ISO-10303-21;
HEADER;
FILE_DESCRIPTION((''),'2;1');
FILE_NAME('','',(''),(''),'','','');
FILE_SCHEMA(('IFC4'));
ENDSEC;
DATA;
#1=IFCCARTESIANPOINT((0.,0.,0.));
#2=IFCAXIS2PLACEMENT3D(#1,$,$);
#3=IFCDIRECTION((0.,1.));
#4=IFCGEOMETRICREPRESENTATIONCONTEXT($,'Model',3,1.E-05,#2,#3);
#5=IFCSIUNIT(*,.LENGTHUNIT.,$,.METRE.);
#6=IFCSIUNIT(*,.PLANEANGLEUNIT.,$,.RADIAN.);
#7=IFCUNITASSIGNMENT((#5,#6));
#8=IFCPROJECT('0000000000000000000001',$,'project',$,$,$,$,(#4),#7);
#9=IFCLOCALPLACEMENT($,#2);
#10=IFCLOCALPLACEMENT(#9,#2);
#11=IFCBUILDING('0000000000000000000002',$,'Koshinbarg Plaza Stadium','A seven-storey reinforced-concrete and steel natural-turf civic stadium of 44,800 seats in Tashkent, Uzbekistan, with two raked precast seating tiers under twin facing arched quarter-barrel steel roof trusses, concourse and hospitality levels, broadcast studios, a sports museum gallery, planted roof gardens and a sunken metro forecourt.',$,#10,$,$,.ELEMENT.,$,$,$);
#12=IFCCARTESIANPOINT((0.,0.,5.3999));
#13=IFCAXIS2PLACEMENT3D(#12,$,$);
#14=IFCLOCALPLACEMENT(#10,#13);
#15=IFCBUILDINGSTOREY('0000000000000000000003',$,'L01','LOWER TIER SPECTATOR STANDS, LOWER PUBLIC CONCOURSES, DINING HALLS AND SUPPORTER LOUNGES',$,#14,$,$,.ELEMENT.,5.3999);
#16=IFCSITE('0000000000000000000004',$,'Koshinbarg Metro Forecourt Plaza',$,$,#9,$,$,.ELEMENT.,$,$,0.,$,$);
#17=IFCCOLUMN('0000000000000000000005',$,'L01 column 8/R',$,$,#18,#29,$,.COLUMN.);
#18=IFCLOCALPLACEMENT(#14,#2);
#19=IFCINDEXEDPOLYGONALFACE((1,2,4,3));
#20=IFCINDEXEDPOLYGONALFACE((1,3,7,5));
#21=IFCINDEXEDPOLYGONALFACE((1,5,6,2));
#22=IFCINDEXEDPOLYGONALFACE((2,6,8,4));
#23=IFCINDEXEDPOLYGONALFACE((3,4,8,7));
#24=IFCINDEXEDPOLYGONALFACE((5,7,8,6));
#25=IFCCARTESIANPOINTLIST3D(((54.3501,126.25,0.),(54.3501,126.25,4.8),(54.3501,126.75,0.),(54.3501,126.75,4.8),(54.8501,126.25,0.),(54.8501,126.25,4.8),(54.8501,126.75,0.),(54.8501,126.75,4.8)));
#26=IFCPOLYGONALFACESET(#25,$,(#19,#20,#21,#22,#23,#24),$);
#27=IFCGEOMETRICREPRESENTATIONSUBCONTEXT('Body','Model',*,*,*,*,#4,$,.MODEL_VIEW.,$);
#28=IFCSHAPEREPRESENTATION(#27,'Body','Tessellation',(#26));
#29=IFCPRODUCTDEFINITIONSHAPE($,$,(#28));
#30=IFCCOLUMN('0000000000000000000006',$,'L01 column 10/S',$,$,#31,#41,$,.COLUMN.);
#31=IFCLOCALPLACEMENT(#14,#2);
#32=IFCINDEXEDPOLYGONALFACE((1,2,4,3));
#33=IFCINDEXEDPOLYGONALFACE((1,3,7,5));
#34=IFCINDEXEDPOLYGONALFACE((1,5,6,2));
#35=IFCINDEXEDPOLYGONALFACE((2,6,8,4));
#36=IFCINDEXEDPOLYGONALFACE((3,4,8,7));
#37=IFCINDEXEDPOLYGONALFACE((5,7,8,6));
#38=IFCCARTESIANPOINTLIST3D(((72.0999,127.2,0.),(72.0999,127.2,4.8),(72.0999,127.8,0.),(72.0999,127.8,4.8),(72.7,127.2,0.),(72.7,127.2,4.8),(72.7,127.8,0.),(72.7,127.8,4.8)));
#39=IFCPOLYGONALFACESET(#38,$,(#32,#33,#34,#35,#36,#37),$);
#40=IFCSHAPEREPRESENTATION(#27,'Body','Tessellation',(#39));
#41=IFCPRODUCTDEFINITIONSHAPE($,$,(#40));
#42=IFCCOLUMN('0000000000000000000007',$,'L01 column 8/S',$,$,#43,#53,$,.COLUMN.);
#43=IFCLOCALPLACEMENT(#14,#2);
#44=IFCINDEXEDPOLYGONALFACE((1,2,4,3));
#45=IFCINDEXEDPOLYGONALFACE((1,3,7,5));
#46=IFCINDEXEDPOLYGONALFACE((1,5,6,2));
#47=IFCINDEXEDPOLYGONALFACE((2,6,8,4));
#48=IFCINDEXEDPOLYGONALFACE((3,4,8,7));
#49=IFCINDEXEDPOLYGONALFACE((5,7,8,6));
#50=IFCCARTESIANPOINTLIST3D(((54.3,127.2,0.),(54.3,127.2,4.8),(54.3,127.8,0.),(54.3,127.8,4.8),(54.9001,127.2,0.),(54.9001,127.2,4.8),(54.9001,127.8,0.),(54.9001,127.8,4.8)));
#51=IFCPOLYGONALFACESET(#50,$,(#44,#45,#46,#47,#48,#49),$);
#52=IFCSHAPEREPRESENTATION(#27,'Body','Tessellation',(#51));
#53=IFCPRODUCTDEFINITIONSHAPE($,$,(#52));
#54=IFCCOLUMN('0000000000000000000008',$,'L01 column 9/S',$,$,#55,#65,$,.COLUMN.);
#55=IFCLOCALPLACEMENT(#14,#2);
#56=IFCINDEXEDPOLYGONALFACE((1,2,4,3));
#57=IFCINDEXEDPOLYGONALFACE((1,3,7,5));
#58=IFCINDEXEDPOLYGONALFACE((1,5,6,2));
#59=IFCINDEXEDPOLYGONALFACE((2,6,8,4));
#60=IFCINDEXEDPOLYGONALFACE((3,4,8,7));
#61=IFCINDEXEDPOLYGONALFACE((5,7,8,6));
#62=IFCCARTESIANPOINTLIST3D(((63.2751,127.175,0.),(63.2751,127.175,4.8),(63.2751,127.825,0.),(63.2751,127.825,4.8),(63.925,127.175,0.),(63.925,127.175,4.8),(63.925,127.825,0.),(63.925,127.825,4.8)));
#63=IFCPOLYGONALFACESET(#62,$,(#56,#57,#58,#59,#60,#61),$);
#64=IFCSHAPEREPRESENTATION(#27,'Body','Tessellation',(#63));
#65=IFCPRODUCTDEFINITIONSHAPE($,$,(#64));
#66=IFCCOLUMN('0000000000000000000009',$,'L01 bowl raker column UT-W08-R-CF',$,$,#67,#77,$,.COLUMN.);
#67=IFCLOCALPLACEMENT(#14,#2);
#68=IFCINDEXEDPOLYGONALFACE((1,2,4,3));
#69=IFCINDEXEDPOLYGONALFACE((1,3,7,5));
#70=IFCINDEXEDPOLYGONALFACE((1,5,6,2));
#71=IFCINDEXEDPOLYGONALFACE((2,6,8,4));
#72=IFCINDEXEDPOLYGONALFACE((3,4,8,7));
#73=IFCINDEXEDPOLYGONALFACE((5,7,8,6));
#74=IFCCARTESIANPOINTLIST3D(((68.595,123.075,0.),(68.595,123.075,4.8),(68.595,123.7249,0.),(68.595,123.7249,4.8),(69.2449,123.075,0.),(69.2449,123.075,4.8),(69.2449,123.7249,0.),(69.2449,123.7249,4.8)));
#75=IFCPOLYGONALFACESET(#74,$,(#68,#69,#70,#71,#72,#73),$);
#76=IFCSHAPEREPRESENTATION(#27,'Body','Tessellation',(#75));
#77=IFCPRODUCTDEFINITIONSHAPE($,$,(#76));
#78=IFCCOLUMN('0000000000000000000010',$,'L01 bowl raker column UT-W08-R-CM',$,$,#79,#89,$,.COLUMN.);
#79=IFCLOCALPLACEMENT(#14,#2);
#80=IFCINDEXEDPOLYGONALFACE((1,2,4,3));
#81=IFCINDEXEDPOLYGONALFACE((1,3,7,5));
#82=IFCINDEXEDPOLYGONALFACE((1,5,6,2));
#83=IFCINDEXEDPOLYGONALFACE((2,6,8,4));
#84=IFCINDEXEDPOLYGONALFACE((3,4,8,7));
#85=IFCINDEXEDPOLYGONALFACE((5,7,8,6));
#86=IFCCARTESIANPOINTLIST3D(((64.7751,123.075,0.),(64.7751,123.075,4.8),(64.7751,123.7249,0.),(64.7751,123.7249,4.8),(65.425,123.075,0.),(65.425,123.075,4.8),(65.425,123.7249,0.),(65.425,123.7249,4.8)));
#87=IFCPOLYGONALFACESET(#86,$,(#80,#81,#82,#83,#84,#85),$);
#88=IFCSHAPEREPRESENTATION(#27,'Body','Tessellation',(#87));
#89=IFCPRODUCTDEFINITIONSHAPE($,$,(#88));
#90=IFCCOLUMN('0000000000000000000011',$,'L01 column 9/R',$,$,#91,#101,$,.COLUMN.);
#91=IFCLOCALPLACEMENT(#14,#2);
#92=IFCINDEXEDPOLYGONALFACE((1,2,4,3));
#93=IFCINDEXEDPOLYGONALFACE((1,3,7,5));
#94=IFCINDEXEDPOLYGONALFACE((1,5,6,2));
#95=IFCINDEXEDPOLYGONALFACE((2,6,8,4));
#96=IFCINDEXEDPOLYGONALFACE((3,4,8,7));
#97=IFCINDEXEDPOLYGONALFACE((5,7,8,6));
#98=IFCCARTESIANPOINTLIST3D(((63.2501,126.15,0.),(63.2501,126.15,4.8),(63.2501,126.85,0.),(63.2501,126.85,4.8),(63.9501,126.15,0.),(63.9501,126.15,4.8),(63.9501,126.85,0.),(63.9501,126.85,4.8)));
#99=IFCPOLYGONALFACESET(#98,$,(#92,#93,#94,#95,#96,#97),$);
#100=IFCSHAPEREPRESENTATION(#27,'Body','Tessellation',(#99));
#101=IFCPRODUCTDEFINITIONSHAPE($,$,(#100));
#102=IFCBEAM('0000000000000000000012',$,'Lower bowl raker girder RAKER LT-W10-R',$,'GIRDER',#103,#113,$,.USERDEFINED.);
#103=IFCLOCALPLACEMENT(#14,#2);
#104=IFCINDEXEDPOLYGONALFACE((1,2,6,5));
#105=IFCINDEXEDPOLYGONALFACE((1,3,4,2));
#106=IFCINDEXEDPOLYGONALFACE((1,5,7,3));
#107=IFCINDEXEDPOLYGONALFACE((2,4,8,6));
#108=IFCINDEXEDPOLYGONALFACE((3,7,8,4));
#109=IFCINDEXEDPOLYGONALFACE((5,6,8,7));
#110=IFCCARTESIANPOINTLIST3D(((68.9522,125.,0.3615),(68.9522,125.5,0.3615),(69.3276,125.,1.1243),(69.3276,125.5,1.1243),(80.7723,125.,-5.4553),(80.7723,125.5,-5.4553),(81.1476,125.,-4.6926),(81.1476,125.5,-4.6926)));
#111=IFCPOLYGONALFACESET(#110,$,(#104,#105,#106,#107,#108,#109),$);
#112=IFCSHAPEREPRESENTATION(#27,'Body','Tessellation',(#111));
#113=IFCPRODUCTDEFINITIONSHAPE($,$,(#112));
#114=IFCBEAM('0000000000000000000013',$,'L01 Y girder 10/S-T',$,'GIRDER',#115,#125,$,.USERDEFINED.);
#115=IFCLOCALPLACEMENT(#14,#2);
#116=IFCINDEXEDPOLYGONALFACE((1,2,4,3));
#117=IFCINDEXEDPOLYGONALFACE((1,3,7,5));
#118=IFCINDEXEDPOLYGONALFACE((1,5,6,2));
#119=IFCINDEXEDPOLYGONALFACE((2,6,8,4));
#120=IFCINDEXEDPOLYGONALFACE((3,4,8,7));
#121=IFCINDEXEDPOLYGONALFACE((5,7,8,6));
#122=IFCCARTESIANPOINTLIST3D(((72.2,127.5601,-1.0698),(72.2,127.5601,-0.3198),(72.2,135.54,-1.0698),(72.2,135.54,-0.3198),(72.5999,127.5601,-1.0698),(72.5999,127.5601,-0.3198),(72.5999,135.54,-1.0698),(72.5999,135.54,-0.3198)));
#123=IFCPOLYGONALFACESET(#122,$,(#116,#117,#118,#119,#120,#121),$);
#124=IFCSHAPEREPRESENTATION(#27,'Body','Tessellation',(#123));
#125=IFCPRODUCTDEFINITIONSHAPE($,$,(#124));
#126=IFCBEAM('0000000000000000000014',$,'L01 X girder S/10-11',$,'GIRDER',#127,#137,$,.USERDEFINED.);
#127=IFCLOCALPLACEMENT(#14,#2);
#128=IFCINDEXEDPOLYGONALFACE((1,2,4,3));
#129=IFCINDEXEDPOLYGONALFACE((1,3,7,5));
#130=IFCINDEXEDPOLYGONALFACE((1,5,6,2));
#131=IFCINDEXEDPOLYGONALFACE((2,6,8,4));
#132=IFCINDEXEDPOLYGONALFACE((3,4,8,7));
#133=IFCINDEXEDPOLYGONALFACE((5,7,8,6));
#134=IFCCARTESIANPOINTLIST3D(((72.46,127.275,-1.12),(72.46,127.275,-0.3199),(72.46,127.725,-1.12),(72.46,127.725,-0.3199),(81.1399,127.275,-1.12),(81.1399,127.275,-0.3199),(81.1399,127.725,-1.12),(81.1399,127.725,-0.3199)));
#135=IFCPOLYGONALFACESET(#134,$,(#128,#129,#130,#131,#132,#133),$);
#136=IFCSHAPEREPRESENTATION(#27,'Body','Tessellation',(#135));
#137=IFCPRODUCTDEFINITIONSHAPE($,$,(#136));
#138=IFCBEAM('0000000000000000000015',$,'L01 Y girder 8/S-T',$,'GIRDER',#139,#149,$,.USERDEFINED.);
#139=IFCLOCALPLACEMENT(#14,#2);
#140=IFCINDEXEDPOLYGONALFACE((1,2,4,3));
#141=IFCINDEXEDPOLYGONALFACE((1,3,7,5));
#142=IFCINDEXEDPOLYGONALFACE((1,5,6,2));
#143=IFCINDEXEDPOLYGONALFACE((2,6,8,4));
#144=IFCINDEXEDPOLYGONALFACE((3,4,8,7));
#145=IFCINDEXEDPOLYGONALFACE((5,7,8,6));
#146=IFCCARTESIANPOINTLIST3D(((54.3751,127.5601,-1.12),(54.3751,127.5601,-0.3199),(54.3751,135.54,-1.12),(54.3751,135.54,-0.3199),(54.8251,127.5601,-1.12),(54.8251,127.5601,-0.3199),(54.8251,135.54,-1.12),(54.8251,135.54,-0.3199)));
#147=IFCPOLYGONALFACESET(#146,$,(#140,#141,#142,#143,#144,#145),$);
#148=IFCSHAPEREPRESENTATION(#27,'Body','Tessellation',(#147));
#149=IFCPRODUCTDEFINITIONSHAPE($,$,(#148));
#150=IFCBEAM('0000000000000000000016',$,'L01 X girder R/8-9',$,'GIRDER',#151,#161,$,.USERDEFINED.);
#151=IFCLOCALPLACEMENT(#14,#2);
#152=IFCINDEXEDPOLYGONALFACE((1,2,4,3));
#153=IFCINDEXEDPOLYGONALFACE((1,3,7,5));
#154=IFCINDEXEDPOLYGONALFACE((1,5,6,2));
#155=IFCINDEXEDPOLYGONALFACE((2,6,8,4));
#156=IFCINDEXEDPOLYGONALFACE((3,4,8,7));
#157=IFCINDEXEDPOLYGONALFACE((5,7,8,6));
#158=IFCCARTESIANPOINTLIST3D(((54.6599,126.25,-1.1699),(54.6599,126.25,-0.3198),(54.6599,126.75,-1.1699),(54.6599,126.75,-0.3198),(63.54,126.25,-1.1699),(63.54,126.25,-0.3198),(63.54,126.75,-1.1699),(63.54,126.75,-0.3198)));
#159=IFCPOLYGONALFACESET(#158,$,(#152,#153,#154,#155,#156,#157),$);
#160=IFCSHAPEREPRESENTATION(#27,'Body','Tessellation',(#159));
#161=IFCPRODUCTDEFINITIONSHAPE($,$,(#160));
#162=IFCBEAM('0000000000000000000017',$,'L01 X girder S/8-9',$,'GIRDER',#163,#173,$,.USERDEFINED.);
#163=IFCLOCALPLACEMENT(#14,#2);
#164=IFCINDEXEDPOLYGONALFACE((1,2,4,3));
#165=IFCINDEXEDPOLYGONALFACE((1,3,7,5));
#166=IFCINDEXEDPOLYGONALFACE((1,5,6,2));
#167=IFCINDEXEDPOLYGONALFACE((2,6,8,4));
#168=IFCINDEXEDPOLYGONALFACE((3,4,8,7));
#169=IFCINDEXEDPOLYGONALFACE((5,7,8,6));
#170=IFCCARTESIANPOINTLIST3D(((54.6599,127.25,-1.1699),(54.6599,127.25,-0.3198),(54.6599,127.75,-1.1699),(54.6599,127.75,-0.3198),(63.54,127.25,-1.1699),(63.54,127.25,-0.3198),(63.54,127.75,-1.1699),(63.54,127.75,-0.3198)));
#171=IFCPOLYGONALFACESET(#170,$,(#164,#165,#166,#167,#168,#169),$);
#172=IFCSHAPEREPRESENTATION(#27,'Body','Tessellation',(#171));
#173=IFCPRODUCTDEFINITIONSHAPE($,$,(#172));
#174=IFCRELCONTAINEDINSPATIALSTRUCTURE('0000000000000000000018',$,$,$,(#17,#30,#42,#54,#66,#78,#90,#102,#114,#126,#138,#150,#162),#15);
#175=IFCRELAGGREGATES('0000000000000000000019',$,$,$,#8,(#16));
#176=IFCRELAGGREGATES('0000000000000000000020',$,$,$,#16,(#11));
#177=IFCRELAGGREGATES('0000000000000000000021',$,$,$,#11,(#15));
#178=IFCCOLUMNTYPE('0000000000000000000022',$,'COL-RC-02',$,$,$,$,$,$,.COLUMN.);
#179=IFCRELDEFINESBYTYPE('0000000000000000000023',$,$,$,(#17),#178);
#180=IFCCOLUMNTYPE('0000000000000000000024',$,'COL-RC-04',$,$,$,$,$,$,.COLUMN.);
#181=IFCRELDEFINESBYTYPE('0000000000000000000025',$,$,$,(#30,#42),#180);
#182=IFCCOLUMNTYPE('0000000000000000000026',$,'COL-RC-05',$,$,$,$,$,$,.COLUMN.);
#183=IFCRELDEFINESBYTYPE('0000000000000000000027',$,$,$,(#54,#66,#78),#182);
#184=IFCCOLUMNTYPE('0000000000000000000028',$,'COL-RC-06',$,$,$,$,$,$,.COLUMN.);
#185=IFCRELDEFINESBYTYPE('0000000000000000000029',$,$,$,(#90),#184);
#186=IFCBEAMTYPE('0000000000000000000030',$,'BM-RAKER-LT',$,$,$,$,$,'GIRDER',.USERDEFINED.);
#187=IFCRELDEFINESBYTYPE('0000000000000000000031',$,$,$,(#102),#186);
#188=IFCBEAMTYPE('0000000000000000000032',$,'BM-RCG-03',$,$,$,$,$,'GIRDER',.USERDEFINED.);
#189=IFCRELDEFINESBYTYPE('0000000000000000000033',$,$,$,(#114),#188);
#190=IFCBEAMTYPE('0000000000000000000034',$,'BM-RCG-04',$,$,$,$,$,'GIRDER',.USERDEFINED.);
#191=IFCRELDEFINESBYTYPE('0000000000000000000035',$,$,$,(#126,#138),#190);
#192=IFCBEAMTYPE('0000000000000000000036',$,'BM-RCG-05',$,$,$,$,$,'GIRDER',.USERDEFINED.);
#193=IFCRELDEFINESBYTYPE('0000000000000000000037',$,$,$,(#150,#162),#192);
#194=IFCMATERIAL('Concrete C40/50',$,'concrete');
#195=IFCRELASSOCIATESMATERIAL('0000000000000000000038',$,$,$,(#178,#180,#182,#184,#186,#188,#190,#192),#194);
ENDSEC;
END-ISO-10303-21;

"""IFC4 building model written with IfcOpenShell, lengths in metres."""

from ifc_helpers import new_model, si_unit, direction, frame, origin, origin_2d, place, context, subcontext, project, spatial, rectangle, extrude, material, material_profile, profile_set, type_object, element, save


model = new_model("IFC4")

# Units and contexts
model_context = context("Model", 3, precision=1e-05, world=origin(), true_north=direction((0.0, 1.0)))
body_context = subcontext(model_context, "Body", "Model", "MODEL_VIEW")
ifc_project = project(units=[si_unit("LENGTHUNIT", "METRE"), si_unit("PLANEANGLEUNIT", "RADIAN")], contexts=[model_context])

# Site, building, storey
site_placement = place(None, origin())
site = spatial("IfcSite", under=ifc_project, at=site_placement, Name="Koshinbarg Metro Forecourt Plaza", CompositionType="ELEMENT", RefElevation=0.0)
building_placement = place(site_placement, origin())
building = spatial("IfcBuilding", under=site, at=building_placement, Name="Koshinbarg Plaza Stadium", Description="A seven-storey reinforced-concrete and steel natural-turf civic stadium of 44,800 seats in Tashkent, Uzbekistan, with two raked precast seating tiers under twin facing arched quarter-barrel steel roof trusses, concourse and hospitality levels, broadcast studios, a sports museum gallery, planted roof gardens and a sunken metro forecourt.", CompositionType="ELEMENT")
storey_placement = place(building_placement, frame((0.0, 0.0, 5.3999)))
storey = spatial("IfcBuildingStorey", under=building, at=storey_placement, Name="L01", Description="LOWER TIER SPECTATOR STANDS, LOWER PUBLIC CONCOURSES, DINING HALLS AND SUPPORTER LOUNGES", CompositionType="ELEMENT", Elevation=5.3999)

# Columns
ifc_material_1 = material(Name="Concrete C40/50", Category="concrete")
ifc_material_profile_1 = material_profile(ifc_material_1, rectangle(XDim=0.5, YDim=0.5, at=origin_2d()), Name="RC 500x500")
ifc_profile_set_1 = profile_set([ifc_material_profile_1], Name="Concrete C40/50")
column_type_1 = type_object("IfcColumnType", Name="COL-RC-02", PredefinedType="COLUMN", material=ifc_profile_set_1)
column_1_placement = place(storey_placement, frame((54.6001, 126.5, 0.0), z_axis=(0.0, 0.0, 1.0), x_axis=(1.0, 0.0, 0.0)))
element("IfcColumn", 1, at=column_1_placement, inside=storey, type_object=column_type_1, Name="L01 column 8/R", PredefinedType="COLUMN", context=body_context, shape_type="SweptSolid", body=[
    extrude(rectangle(XDim=0.5, YDim=0.5, at=origin_2d()), origin(), (0.0, 0.0, 1.0), 4.8),
])
ifc_material_profile_2 = material_profile(ifc_material_1, rectangle(XDim=0.6001, YDim=0.6001, at=origin_2d()), Name="RC 600x600")
ifc_profile_set_2 = profile_set([ifc_material_profile_2], Name="Concrete C40/50")
column_type_2 = type_object("IfcColumnType", Name="COL-RC-04", PredefinedType="COLUMN", material=ifc_profile_set_2)
for number, where, z_axis, x_axis, name in (
    (2, (72.3999, 127.5, 0.0), (0.0, 0.0, 1.0), (1.0, 0.0, 0.0), "L01 column 10/S"),
    (3, (54.6001, 127.5, 0.0), (0.0, 0.0, 1.0), (1.0, 0.0, 0.0), "L01 column 8/S"),
):
    element("IfcColumn", number, at=place(storey_placement, frame(where, z_axis=z_axis, x_axis=x_axis)), inside=storey, type_object=column_type_2, Name=name, PredefinedType="COLUMN", context=body_context, shape_type="SweptSolid", body=[
        extrude(rectangle(XDim=0.6001, YDim=0.6001, at=origin_2d()), origin(), (0.0, 0.0, 1.0), 4.8),
    ])
ifc_material_profile_3 = material_profile(ifc_material_1, rectangle(XDim=0.6499, YDim=0.6499, at=origin_2d()), Name="RC 650x650")
ifc_profile_set_3 = profile_set([ifc_material_profile_3], Name="Concrete C40/50")
column_type_3 = type_object("IfcColumnType", Name="COL-RC-05", PredefinedType="COLUMN", material=ifc_profile_set_3)
for number, where, z_axis, x_axis, name in (
    (4, (63.6001, 127.5, 0.0), (0.0, 0.0, 1.0), (1.0, 0.0, 0.0), "L01 column 9/S"),
    (5, (68.9199, 123.3999, 0.0), (0.0, 0.0, 1.0), (1.0, 0.0, 0.0), "L01 bowl raker column UT-W08-R-CF"),
    (6, (65.1001, 123.3999, 0.0), (0.0, 0.0, 1.0), (1.0, 0.0, 0.0), "L01 bowl raker column UT-W08-R-CM"),
):
    element("IfcColumn", number, at=place(storey_placement, frame(where, z_axis=z_axis, x_axis=x_axis)), inside=storey, type_object=column_type_3, Name=name, PredefinedType="COLUMN", context=body_context, shape_type="SweptSolid", body=[
        extrude(rectangle(XDim=0.6499, YDim=0.6499, at=origin_2d()), origin(), (0.0, 0.0, 1.0), 4.8),
    ])
ifc_material_profile_4 = material_profile(ifc_material_1, rectangle(XDim=0.7, YDim=0.7, at=origin_2d()), Name="RC 700x700")
ifc_profile_set_4 = profile_set([ifc_material_profile_4], Name="Concrete C40/50")
column_type_4 = type_object("IfcColumnType", Name="COL-RC-06", PredefinedType="COLUMN", material=ifc_profile_set_4)
column_2_placement = place(storey_placement, frame((63.6001, 126.5, 0.0), z_axis=(0.0, 0.0, 1.0), x_axis=(1.0, 0.0, 0.0)))
element("IfcColumn", 7, at=column_2_placement, inside=storey, type_object=column_type_4, Name="L01 column 9/R", PredefinedType="COLUMN", context=body_context, shape_type="SweptSolid", body=[
    extrude(rectangle(XDim=0.7, YDim=0.7, at=origin_2d()), origin(), (0.0, 0.0, 1.0), 4.8),
])

# Beams
ifc_material_profile_5 = material_profile(ifc_material_1, rectangle(XDim=0.5, YDim=0.8501, at=origin_2d()), Name="RC 500x850")
ifc_profile_set_5 = profile_set([ifc_material_profile_5], Name="Concrete C40/50")
beam_type_1 = type_object("IfcBeamType", Name="BM-RAKER-LT", ElementType="GIRDER", PredefinedType="USERDEFINED", material=ifc_profile_set_5)
beam_1_placement = place(storey_placement, frame((80.96, 125.25, -5.074), z_axis=(-0.897237, 0.0, 0.441549), x_axis=(0.0, -1.0, 0.0)))
element("IfcBeam", 8, at=beam_1_placement, inside=storey, type_object=beam_type_1, Name="Lower bowl raker girder RAKER LT-W10-R", ObjectType="GIRDER", PredefinedType="USERDEFINED", context=body_context, shape_type="SweptSolid", body=[
    extrude(rectangle(XDim=0.5, YDim=0.8501, at=origin_2d()), origin(), (0.0, 0.0, 1.0), 13.1738),
])
ifc_material_profile_6 = material_profile(ifc_material_1, rectangle(XDim=0.3999, YDim=0.75, at=origin_2d()), Name="RC 400x750")
ifc_profile_set_6 = profile_set([ifc_material_profile_6], Name="Concrete C40/50")
beam_type_2 = type_object("IfcBeamType", Name="BM-RCG-03", ElementType="GIRDER", PredefinedType="USERDEFINED", material=ifc_profile_set_6)
beam_2_placement = place(storey_placement, frame((72.3999, 127.5601, -0.6948), z_axis=(0.0, 1.0, 0.0), x_axis=(-1.0, 0.0, 0.0)))
element("IfcBeam", 9, at=beam_2_placement, inside=storey, type_object=beam_type_2, Name="L01 Y girder 10/S-T", ObjectType="GIRDER", PredefinedType="USERDEFINED", context=body_context, shape_type="SweptSolid", body=[
    extrude(rectangle(XDim=0.3999, YDim=0.75, at=origin_2d()), origin(), (0.0, 0.0, 1.0), 7.98),
])
ifc_material_profile_7 = material_profile(ifc_material_1, rectangle(XDim=0.45, YDim=0.8, at=origin_2d()), Name="RC 450x800")
ifc_profile_set_7 = profile_set([ifc_material_profile_7], Name="Concrete C40/50")
beam_type_3 = type_object("IfcBeamType", Name="BM-RCG-04", ElementType="GIRDER", PredefinedType="USERDEFINED", material=ifc_profile_set_7)
beam_3_placement = place(storey_placement, frame((72.46, 127.5, -0.72), z_axis=(1.0, 0.0, 0.0), x_axis=(0.0, 1.0, 0.0)))
element("IfcBeam", 10, at=beam_3_placement, inside=storey, type_object=beam_type_3, Name="L01 X girder S/10-11", ObjectType="GIRDER", PredefinedType="USERDEFINED", context=body_context, shape_type="SweptSolid", body=[
    extrude(rectangle(XDim=0.45, YDim=0.8, at=origin_2d()), origin(), (0.0, 0.0, 1.0), 8.6799),
])
beam_4_placement = place(storey_placement, frame((54.6001, 127.5601, -0.72), z_axis=(0.0, 1.0, 0.0), x_axis=(-1.0, 0.0, 0.0)))
element("IfcBeam", 11, at=beam_4_placement, inside=storey, type_object=beam_type_3, Name="L01 Y girder 8/S-T", ObjectType="GIRDER", PredefinedType="USERDEFINED", context=body_context, shape_type="SweptSolid", body=[
    extrude(rectangle(XDim=0.45, YDim=0.8, at=origin_2d()), origin(), (0.0, 0.0, 1.0), 7.98),
])
ifc_material_profile_8 = material_profile(ifc_material_1, rectangle(XDim=0.5, YDim=0.8501, at=origin_2d()), Name="RC 500x850")
ifc_profile_set_8 = profile_set([ifc_material_profile_8], Name="Concrete C40/50")
beam_type_4 = type_object("IfcBeamType", Name="BM-RCG-05", ElementType="GIRDER", PredefinedType="USERDEFINED", material=ifc_profile_set_8)
for number, where, z_axis, x_axis, name in (
    (12, (54.6599, 126.5, -0.7449), (1.0, 0.0, 0.0), (0.0, 1.0, 0.0), "L01 X girder R/8-9"),
    (13, (54.6599, 127.5, -0.7449), (1.0, 0.0, 0.0), (0.0, 1.0, 0.0), "L01 X girder S/8-9"),
):
    element("IfcBeam", number, at=place(storey_placement, frame(where, z_axis=z_axis, x_axis=x_axis)), inside=storey, type_object=beam_type_4, Name=name, ObjectType="GIRDER", PredefinedType="USERDEFINED", context=body_context, shape_type="SweptSolid", body=[
        extrude(rectangle(XDim=0.5, YDim=0.8501, at=origin_2d()), origin(), (0.0, 0.0, 1.0), 8.8801),
    ])

save(model, "model.ifc")
